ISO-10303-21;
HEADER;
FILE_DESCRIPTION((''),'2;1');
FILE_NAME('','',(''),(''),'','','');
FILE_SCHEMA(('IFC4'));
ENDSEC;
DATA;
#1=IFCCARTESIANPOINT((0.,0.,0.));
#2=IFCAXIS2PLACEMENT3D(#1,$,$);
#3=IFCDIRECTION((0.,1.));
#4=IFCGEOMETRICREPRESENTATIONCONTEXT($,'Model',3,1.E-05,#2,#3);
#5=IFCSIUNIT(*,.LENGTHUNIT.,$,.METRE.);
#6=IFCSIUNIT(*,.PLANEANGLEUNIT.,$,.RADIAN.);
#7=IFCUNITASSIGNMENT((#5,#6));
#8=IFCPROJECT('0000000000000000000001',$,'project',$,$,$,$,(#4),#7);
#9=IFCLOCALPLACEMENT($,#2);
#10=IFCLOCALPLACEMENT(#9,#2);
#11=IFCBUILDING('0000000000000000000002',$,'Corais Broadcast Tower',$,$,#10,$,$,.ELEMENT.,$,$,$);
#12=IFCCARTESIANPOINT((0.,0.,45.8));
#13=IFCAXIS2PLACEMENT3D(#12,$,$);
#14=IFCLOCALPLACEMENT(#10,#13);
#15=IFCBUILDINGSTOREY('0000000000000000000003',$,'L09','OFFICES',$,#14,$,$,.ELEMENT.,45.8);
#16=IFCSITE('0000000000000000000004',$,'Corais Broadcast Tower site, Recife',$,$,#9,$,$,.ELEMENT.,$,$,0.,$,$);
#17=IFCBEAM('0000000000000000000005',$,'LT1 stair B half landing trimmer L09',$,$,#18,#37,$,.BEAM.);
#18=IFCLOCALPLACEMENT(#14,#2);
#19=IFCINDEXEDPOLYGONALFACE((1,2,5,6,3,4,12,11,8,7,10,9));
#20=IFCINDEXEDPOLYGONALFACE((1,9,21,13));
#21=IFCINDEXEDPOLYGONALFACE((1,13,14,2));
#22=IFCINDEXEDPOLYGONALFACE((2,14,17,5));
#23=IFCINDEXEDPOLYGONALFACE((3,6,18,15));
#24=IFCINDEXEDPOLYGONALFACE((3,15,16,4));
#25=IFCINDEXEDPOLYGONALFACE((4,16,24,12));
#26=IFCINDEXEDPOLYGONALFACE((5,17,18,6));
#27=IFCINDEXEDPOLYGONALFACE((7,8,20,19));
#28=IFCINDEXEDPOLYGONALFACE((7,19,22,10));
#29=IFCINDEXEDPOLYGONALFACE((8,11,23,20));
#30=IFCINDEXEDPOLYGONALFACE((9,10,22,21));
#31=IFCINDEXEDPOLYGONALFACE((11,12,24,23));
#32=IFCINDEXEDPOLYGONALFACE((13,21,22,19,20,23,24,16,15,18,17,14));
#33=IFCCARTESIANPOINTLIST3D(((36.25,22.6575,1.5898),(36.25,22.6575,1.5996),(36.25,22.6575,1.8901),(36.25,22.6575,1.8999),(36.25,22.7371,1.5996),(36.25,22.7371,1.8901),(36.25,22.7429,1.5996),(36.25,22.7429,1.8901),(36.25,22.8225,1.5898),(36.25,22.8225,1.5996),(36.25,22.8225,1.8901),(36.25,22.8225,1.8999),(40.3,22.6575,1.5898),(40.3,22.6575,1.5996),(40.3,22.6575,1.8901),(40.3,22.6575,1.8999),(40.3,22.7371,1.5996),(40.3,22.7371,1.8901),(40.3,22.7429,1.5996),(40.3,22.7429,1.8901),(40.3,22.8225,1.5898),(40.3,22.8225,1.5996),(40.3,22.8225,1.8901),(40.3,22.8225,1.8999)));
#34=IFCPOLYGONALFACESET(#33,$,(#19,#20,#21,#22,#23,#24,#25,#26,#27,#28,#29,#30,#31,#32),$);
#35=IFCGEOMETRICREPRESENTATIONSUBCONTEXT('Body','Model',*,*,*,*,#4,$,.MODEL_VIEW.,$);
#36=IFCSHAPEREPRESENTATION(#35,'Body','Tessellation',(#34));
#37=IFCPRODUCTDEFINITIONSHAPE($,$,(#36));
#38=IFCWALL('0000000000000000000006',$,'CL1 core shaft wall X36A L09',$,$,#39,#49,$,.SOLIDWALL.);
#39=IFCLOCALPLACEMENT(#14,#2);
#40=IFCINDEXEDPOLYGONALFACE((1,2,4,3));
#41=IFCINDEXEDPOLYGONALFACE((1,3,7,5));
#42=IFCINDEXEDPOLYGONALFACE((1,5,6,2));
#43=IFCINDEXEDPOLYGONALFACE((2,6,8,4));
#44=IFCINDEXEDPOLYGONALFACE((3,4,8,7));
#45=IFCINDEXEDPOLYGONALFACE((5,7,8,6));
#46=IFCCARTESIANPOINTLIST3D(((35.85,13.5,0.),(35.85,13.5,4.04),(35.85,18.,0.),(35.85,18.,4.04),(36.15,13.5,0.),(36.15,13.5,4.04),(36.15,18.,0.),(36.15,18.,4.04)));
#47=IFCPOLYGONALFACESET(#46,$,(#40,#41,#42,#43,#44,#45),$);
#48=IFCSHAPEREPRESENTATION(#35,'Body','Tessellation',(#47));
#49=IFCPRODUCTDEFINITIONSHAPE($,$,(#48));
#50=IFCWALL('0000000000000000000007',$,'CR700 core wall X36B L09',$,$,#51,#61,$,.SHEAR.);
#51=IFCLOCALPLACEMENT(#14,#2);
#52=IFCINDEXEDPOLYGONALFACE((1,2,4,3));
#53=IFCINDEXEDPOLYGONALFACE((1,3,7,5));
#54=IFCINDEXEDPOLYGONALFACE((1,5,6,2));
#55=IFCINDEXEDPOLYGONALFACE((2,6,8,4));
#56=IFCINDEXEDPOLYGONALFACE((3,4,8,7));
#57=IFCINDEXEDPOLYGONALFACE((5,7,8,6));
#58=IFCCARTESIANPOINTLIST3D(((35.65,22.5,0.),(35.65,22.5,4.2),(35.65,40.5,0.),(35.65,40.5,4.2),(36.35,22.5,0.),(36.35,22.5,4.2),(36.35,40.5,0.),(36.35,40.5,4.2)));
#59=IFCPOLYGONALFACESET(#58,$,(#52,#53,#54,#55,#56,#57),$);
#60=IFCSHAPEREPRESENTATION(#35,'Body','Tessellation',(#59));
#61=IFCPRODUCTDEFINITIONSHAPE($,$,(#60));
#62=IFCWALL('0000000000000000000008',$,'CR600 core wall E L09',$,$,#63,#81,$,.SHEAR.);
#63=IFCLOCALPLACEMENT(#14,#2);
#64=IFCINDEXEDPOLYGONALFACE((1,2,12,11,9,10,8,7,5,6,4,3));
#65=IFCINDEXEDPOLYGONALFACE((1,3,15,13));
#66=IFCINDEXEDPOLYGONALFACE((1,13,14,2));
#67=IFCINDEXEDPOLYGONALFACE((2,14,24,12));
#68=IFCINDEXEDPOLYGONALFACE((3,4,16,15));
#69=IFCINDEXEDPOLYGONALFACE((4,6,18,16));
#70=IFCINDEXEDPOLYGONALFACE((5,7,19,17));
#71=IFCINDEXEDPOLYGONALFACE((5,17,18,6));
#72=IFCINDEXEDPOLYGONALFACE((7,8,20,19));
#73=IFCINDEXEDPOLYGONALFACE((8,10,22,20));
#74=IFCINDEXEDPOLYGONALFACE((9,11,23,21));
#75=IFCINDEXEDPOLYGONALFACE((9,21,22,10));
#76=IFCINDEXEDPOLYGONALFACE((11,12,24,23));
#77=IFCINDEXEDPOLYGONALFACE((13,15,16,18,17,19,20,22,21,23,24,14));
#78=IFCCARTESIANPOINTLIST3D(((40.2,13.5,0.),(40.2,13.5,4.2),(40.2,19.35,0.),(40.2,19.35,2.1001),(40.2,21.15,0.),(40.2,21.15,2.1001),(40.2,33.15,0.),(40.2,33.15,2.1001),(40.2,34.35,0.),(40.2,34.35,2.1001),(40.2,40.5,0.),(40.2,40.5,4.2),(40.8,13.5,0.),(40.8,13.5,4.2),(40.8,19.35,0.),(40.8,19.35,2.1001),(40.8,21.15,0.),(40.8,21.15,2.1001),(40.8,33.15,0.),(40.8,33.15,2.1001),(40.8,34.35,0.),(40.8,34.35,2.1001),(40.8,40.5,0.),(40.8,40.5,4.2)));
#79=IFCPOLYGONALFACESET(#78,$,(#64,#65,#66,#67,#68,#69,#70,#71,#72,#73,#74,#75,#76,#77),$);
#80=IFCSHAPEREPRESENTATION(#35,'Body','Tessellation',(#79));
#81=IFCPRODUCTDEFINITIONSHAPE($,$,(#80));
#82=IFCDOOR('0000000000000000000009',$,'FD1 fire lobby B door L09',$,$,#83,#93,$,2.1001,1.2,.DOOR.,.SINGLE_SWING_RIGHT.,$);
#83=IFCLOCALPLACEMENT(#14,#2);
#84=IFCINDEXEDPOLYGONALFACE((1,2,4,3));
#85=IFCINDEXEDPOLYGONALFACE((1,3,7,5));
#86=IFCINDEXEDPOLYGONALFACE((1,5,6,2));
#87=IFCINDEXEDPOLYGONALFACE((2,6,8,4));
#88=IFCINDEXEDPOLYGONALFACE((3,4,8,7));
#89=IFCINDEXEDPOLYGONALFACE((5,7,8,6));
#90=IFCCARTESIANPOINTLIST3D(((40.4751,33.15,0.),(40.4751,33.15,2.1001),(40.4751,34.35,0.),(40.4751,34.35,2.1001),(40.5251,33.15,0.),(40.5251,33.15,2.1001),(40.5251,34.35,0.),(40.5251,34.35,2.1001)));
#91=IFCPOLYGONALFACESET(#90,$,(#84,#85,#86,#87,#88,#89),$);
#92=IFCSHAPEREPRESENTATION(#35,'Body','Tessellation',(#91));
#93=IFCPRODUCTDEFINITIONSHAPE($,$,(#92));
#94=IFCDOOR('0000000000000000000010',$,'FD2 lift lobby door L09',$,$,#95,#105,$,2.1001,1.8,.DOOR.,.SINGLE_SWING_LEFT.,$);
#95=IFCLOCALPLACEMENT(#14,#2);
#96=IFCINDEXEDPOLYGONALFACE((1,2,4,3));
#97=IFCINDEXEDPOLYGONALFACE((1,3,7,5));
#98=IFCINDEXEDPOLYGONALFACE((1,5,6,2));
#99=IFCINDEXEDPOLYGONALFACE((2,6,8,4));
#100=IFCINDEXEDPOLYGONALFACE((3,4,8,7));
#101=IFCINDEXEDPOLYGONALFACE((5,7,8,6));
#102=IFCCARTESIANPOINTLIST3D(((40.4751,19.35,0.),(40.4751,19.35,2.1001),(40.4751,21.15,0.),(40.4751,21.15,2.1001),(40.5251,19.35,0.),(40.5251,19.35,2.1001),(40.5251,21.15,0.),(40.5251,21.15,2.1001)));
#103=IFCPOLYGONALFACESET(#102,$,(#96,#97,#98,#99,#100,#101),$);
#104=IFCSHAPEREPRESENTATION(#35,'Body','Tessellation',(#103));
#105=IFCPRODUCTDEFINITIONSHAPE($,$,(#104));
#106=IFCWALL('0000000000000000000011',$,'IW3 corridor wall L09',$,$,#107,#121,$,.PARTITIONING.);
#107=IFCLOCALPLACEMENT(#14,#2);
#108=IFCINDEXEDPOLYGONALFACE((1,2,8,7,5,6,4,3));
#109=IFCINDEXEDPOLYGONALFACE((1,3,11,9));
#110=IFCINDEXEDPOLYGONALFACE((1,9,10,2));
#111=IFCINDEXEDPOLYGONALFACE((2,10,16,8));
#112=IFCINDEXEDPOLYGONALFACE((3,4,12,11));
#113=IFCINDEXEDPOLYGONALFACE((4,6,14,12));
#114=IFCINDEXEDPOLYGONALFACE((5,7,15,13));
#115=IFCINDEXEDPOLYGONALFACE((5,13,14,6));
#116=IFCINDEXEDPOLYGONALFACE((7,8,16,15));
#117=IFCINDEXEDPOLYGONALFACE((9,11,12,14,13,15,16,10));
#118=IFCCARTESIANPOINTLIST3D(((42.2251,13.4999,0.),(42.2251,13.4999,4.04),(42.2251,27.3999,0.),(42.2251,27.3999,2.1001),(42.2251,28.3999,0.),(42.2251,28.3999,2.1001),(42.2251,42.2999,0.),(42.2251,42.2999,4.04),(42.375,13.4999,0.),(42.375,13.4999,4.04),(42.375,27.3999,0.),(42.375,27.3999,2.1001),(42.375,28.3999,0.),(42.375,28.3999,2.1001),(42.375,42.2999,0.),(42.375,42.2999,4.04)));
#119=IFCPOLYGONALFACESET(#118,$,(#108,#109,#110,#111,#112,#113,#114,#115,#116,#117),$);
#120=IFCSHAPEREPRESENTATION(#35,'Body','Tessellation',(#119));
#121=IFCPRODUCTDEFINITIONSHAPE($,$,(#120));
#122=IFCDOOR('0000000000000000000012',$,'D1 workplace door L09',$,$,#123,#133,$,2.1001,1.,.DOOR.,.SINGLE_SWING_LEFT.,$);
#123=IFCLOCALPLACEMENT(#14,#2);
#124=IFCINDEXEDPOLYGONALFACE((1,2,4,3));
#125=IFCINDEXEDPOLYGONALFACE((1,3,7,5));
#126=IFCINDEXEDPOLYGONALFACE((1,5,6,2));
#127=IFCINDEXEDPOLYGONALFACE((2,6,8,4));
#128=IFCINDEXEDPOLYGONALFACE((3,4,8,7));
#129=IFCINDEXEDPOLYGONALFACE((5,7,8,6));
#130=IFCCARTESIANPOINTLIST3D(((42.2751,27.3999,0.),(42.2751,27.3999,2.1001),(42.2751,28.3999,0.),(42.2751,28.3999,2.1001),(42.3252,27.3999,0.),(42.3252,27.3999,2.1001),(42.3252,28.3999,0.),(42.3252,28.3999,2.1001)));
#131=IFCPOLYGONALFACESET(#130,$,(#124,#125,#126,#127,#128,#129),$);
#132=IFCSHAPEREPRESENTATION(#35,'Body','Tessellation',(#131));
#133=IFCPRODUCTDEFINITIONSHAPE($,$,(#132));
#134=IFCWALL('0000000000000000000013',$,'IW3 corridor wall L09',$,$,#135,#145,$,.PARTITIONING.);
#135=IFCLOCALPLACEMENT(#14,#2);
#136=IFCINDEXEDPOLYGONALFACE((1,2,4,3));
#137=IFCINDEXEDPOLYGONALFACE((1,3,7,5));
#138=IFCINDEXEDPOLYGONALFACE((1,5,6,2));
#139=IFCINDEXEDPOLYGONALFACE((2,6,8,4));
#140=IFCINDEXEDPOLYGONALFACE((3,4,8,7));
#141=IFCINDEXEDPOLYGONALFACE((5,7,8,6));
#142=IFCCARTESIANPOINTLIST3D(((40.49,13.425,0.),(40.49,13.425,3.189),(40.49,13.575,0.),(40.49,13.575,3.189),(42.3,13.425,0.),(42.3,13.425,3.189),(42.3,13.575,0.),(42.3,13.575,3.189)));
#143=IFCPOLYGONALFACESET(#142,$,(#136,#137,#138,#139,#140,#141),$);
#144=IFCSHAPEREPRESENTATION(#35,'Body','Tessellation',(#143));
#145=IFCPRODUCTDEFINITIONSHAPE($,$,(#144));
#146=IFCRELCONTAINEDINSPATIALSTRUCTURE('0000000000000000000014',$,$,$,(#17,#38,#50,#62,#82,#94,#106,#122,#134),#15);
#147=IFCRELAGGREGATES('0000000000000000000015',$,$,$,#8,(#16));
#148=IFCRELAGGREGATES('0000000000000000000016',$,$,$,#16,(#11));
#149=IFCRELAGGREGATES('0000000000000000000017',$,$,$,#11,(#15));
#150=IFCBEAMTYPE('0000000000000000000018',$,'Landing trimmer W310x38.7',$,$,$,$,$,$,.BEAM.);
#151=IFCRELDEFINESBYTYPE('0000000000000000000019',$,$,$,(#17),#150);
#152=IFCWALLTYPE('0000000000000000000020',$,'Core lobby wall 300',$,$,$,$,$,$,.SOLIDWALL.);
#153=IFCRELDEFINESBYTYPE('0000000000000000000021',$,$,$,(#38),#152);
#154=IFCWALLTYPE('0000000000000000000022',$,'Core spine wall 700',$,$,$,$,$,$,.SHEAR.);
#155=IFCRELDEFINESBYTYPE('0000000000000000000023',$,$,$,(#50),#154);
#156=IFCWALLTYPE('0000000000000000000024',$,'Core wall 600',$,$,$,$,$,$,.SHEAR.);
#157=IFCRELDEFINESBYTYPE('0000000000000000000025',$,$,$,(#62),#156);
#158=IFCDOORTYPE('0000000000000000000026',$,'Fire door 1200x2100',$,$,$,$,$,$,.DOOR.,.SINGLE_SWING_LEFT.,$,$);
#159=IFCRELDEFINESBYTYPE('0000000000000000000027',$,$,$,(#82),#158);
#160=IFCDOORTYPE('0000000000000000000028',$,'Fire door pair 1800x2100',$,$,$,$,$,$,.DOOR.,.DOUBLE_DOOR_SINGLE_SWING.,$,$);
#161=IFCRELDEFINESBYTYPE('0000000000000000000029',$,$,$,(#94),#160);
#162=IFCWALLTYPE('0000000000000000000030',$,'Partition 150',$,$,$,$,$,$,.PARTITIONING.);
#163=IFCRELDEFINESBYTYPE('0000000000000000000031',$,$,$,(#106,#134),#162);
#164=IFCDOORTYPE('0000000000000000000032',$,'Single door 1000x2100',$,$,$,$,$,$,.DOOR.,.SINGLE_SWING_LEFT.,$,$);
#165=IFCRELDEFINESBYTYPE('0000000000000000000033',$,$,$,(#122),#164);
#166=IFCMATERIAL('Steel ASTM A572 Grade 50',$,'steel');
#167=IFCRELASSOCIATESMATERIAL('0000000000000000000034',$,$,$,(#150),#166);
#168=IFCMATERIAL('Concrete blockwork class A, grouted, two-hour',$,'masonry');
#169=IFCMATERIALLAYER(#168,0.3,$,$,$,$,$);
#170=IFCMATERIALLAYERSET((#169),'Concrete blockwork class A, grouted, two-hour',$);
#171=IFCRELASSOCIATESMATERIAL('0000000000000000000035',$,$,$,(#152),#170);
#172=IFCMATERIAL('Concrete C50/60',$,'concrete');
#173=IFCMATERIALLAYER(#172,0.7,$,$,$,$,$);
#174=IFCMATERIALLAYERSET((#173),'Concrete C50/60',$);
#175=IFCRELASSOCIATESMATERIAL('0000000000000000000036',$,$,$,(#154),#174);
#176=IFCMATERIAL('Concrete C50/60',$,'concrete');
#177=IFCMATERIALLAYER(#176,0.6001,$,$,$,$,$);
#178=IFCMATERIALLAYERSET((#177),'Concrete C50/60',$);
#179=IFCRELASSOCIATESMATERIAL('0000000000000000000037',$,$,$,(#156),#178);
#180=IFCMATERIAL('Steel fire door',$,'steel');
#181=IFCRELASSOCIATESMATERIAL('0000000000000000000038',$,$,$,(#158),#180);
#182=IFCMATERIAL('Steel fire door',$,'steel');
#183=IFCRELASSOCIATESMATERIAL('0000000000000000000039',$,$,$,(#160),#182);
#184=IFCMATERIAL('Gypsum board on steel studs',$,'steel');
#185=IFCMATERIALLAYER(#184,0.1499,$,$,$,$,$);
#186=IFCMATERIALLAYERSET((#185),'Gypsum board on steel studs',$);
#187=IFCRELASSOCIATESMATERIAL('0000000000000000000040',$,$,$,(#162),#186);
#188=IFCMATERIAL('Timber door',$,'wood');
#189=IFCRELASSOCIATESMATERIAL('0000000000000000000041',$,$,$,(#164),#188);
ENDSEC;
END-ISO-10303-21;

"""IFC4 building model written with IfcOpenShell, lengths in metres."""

from ifc_helpers import new_model, si_unit, direction, frame, frame_2d, origin, origin_2d, place, context, subcontext, project, spatial, rectangle, i_section, extrude, material, layer, layer_set, material_profile, profile_set, type_object, element, fill, save


model = new_model("IFC4")

# Units and contexts
model_context = context("Model", 3, precision=1e-05, world=origin(), true_north=direction((0.0, 1.0)))
body_context = subcontext(model_context, "Body", "Model", "MODEL_VIEW")
ifc_project = project(units=[si_unit("LENGTHUNIT", "METRE"), si_unit("PLANEANGLEUNIT", "RADIAN")], contexts=[model_context])

# Site, building, storey
site_placement = place(None, origin())
site = spatial("IfcSite", under=ifc_project, at=site_placement, Name="Corais Broadcast Tower site, Recife", CompositionType="ELEMENT", RefElevation=0.0)
building_placement = place(site_placement, origin())
building = spatial("IfcBuilding", under=site, at=building_placement, Name="Corais Broadcast Tower", CompositionType="ELEMENT")
storey_placement = place(building_placement, frame((0.0, 0.0, 45.8)))
storey = spatial("IfcBuildingStorey", under=building, at=storey_placement, Name="L09", Description="OFFICES", CompositionType="ELEMENT", Elevation=45.8)

# Beam
ifc_material_1 = material(Name="Steel ASTM A572 Grade 50", Category="steel")
ifc_material_profile = material_profile(ifc_material_1, i_section(OverallWidth=0.165, OverallDepth=0.3101, WebThickness=0.0059, FlangeThickness=0.0098, at=origin_2d()), Name="W310x38.7")
ifc_profile_set = profile_set([ifc_material_profile], Name="Steel ASTM A572 Grade 50")
beam_type = type_object("IfcBeamType", Name="Landing trimmer W310x38.7", PredefinedType="BEAM", material=ifc_profile_set)
beam_placement = place(storey_placement, frame((36.25, 22.74, 1.7449), z_axis=(1.0, 0.0, 0.0), x_axis=(0.0, 1.0, 0.0)))
element("IfcBeam", 1, at=beam_placement, inside=storey, type_object=beam_type, Name="LT1 stair B half landing trimmer L09", PredefinedType="BEAM", context=body_context, shape_type="SweptSolid", body=[
    extrude(i_section(OverallWidth=0.165, OverallDepth=0.3101, WebThickness=0.0059, FlangeThickness=0.0098, at=origin_2d()), origin(), (0.0, 0.0, 1.0), 4.05),
])

# Walls
ifc_material_2 = material(Name="Concrete blockwork class A, grouted, two-hour", Category="masonry")
ifc_layer_1 = layer(ifc_material_2, 0.3)
ifc_layer_set_1 = layer_set([ifc_layer_1], Name="Concrete blockwork class A, grouted, two-hour")
wall_type_1 = type_object("IfcWallType", Name="Core lobby wall 300", PredefinedType="SOLIDWALL", material=ifc_layer_set_1)
wall_1_placement = place(storey_placement, frame((36.0, 13.5, 0.0), z_axis=(0.0, 0.0, 1.0), x_axis=(0.0, 1.0, 0.0)))
element("IfcWall", 2, at=wall_1_placement, inside=storey, type_object=wall_type_1, Name="CL1 core shaft wall X36A L09", PredefinedType="SOLIDWALL", context=body_context, shape_type="SweptSolid", body=[
    extrude(rectangle(XDim=4.5, YDim=0.3, at=frame_2d((2.25, 0.0))), origin(), (0.0, 0.0, 1.0), 4.04),
])
ifc_material_3 = material(Name="Concrete C50/60", Category="concrete")
ifc_layer_2 = layer(ifc_material_3, 0.7)
ifc_layer_set_2 = layer_set([ifc_layer_2], Name="Concrete C50/60")
wall_type_2 = type_object("IfcWallType", Name="Core spine wall 700", PredefinedType="SHEAR", material=ifc_layer_set_2)
wall_2_placement = place(storey_placement, frame((36.0, 22.5, 0.0), z_axis=(0.0, 0.0, 1.0), x_axis=(0.0, 1.0, 0.0)))
element("IfcWall", 3, at=wall_2_placement, inside=storey, type_object=wall_type_2, Name="CR700 core wall X36B L09", PredefinedType="SHEAR", context=body_context, shape_type="SweptSolid", body=[
    extrude(rectangle(XDim=18.0, YDim=0.7, at=frame_2d((9.0, 0.0))), origin(), (0.0, 0.0, 1.0), 4.2),
])

# Wall, openings, doors
ifc_material_4 = material(Name="Concrete C50/60", Category="concrete")
ifc_layer_3 = layer(ifc_material_4, 0.6001)
ifc_layer_set_3 = layer_set([ifc_layer_3], Name="Concrete C50/60")
wall_type_3 = type_object("IfcWallType", Name="Core wall 600", PredefinedType="SHEAR", material=ifc_layer_set_3)
wall_3_placement = place(storey_placement, frame((40.5, 13.5, 0.0), z_axis=(0.0, 0.0, 1.0), x_axis=(0.0, 1.0, 0.0)))
wall_3 = element("IfcWall", 4, at=wall_3_placement, inside=storey, type_object=wall_type_3, Name="CR600 core wall E L09", PredefinedType="SHEAR", context=body_context, shape_type="SweptSolid", body=[
    extrude(rectangle(XDim=27.0, YDim=0.6001, at=frame_2d((13.5, 0.0))), origin(), (0.0, 0.0, 1.0), 4.2),
])
opening_1_placement = place(wall_3_placement, frame((5.8501, 0.0, 0.0)))
opening_1 = element("IfcOpeningElement", 5, at=opening_1_placement, cuts=wall_3, PredefinedType="OPENING", context=body_context, shape_type="SweptSolid", body=[
    extrude(rectangle(XDim=1.8, YDim=2.1001, at=frame_2d((0.8999, 1.05))), frame((0.0, 0.3101, 0.0), z_axis=(0.0, -1.0, 0.0), x_axis=(1.0, 0.0, 0.0)), (0.0, 0.0, 1.0), 0.6201),
])
opening_2_placement = place(wall_3_placement, frame((19.6499, 0.0, 0.0)))
opening_2 = element("IfcOpeningElement", 6, at=opening_2_placement, cuts=wall_3, PredefinedType="OPENING", context=body_context, shape_type="SweptSolid", body=[
    extrude(rectangle(XDim=1.2, YDim=2.1001, at=frame_2d((0.6001, 1.05))), frame((0.0, 0.3101, 0.0), z_axis=(0.0, -1.0, 0.0), x_axis=(1.0, 0.0, 0.0)), (0.0, 0.0, 1.0), 0.6201),
])
ifc_material_5 = material(Name="Steel fire door", Category="steel")
door_type_1 = type_object("IfcDoorType", Name="Fire door 1200x2100", OperationType="SINGLE_SWING_LEFT", PredefinedType="DOOR", material=ifc_material_5)
door_1_placement = place(opening_2_placement, origin())
door_1 = element("IfcDoor", 7, at=door_1_placement, inside=storey, type_object=door_type_1, Name="FD1 fire lobby B door L09", OperationType="SINGLE_SWING_RIGHT", OverallHeight=2.1001, OverallWidth=1.2, PredefinedType="DOOR", context=body_context, shape_type="SweptSolid", body=[
    extrude(rectangle(XDim=1.2, YDim=2.1001, at=frame_2d((0.6001, 1.05))), frame((0.0, 0.0249, 0.0), z_axis=(0.0, -1.0, 0.0), x_axis=(1.0, 0.0, 0.0)), (0.0, 0.0, 1.0), 0.05),
])
fill(opening_2, door_1)
ifc_material_6 = material(Name="Steel fire door", Category="steel")
door_type_2 = type_object("IfcDoorType", Name="Fire door pair 1800x2100", OperationType="DOUBLE_DOOR_SINGLE_SWING", PredefinedType="DOOR", material=ifc_material_6)
door_2_placement = place(opening_1_placement, origin())
door_2 = element("IfcDoor", 8, at=door_2_placement, inside=storey, type_object=door_type_2, Name="FD2 lift lobby door L09", OperationType="SINGLE_SWING_LEFT", OverallHeight=2.1001, OverallWidth=1.8, PredefinedType="DOOR", context=body_context, shape_type="SweptSolid", body=[
    extrude(rectangle(XDim=1.8, YDim=2.1001, at=frame_2d((0.8999, 1.05))), frame((0.0, 0.0249, 0.0), z_axis=(0.0, -1.0, 0.0), x_axis=(1.0, 0.0, 0.0)), (0.0, 0.0, 1.0), 0.05),
])
fill(opening_1, door_2)

# Wall, opening, door
ifc_material_7 = material(Name="Gypsum board on steel studs", Category="steel")
ifc_layer_4 = layer(ifc_material_7, 0.1499)
ifc_layer_set_4 = layer_set([ifc_layer_4], Name="Gypsum board on steel studs")
wall_type_4 = type_object("IfcWallType", Name="Partition 150", PredefinedType="PARTITIONING", material=ifc_layer_set_4)
wall_4_placement = place(storey_placement, frame((42.3, 13.5, 0.0), z_axis=(0.0, 0.0, 1.0), x_axis=(0.0, 1.0, 0.0)))
wall_4 = element("IfcWall", 9, at=wall_4_placement, inside=storey, type_object=wall_type_4, Name="IW3 corridor wall L09", PredefinedType="PARTITIONING", context=body_context, shape_type="SweptSolid", body=[
    extrude(rectangle(XDim=28.8, YDim=0.1499, at=frame_2d((14.3999, 0.0))), origin(), (0.0, 0.0, 1.0), 4.04),
])
opening_3_placement = place(wall_4_placement, frame((13.8999, 0.0, 0.0)))
opening_3 = element("IfcOpeningElement", 10, at=opening_3_placement, cuts=wall_4, PredefinedType="OPENING", context=body_context, shape_type="SweptSolid", body=[
    extrude(rectangle(XDim=1.0, YDim=2.1001, at=frame_2d((0.5, 1.05))), frame((0.0, 0.085, 0.0), z_axis=(0.0, -1.0, 0.0), x_axis=(1.0, 0.0, 0.0)), (0.0, 0.0, 1.0), 0.1699),
])
ifc_material_8 = material(Name="Timber door", Category="wood")
door_type_3 = type_object("IfcDoorType", Name="Single door 1000x2100", OperationType="SINGLE_SWING_LEFT", PredefinedType="DOOR", material=ifc_material_8)
door_3_placement = place(opening_3_placement, origin())
door_3 = element("IfcDoor", 11, at=door_3_placement, inside=storey, type_object=door_type_3, Name="D1 workplace door L09", OperationType="SINGLE_SWING_LEFT", OverallHeight=2.1001, OverallWidth=1.0, PredefinedType="DOOR", context=body_context, shape_type="SweptSolid", body=[
    extrude(rectangle(XDim=1.0, YDim=2.1001, at=frame_2d((0.5, 1.05))), frame((0.0, 0.0249, 0.0), z_axis=(0.0, -1.0, 0.0), x_axis=(1.0, 0.0, 0.0)), (0.0, 0.0, 1.0), 0.05),
])
fill(opening_3, door_3)

# Wall
wall_5_placement = place(storey_placement, frame((40.49, 13.5, 0.0), z_axis=(0.0, 0.0, 1.0), x_axis=(1.0, 0.0, 0.0)))
element("IfcWall", 12, at=wall_5_placement, inside=storey, type_object=wall_type_4, Name="IW3 corridor wall L09", PredefinedType="PARTITIONING", context=body_context, shape_type="SweptSolid", body=[
    extrude(rectangle(XDim=1.8101, YDim=0.1499, at=frame_2d((0.905, 0.0))), origin(), (0.0, 0.0, 1.0), 3.189),
])

save(model, "model.ifc")
